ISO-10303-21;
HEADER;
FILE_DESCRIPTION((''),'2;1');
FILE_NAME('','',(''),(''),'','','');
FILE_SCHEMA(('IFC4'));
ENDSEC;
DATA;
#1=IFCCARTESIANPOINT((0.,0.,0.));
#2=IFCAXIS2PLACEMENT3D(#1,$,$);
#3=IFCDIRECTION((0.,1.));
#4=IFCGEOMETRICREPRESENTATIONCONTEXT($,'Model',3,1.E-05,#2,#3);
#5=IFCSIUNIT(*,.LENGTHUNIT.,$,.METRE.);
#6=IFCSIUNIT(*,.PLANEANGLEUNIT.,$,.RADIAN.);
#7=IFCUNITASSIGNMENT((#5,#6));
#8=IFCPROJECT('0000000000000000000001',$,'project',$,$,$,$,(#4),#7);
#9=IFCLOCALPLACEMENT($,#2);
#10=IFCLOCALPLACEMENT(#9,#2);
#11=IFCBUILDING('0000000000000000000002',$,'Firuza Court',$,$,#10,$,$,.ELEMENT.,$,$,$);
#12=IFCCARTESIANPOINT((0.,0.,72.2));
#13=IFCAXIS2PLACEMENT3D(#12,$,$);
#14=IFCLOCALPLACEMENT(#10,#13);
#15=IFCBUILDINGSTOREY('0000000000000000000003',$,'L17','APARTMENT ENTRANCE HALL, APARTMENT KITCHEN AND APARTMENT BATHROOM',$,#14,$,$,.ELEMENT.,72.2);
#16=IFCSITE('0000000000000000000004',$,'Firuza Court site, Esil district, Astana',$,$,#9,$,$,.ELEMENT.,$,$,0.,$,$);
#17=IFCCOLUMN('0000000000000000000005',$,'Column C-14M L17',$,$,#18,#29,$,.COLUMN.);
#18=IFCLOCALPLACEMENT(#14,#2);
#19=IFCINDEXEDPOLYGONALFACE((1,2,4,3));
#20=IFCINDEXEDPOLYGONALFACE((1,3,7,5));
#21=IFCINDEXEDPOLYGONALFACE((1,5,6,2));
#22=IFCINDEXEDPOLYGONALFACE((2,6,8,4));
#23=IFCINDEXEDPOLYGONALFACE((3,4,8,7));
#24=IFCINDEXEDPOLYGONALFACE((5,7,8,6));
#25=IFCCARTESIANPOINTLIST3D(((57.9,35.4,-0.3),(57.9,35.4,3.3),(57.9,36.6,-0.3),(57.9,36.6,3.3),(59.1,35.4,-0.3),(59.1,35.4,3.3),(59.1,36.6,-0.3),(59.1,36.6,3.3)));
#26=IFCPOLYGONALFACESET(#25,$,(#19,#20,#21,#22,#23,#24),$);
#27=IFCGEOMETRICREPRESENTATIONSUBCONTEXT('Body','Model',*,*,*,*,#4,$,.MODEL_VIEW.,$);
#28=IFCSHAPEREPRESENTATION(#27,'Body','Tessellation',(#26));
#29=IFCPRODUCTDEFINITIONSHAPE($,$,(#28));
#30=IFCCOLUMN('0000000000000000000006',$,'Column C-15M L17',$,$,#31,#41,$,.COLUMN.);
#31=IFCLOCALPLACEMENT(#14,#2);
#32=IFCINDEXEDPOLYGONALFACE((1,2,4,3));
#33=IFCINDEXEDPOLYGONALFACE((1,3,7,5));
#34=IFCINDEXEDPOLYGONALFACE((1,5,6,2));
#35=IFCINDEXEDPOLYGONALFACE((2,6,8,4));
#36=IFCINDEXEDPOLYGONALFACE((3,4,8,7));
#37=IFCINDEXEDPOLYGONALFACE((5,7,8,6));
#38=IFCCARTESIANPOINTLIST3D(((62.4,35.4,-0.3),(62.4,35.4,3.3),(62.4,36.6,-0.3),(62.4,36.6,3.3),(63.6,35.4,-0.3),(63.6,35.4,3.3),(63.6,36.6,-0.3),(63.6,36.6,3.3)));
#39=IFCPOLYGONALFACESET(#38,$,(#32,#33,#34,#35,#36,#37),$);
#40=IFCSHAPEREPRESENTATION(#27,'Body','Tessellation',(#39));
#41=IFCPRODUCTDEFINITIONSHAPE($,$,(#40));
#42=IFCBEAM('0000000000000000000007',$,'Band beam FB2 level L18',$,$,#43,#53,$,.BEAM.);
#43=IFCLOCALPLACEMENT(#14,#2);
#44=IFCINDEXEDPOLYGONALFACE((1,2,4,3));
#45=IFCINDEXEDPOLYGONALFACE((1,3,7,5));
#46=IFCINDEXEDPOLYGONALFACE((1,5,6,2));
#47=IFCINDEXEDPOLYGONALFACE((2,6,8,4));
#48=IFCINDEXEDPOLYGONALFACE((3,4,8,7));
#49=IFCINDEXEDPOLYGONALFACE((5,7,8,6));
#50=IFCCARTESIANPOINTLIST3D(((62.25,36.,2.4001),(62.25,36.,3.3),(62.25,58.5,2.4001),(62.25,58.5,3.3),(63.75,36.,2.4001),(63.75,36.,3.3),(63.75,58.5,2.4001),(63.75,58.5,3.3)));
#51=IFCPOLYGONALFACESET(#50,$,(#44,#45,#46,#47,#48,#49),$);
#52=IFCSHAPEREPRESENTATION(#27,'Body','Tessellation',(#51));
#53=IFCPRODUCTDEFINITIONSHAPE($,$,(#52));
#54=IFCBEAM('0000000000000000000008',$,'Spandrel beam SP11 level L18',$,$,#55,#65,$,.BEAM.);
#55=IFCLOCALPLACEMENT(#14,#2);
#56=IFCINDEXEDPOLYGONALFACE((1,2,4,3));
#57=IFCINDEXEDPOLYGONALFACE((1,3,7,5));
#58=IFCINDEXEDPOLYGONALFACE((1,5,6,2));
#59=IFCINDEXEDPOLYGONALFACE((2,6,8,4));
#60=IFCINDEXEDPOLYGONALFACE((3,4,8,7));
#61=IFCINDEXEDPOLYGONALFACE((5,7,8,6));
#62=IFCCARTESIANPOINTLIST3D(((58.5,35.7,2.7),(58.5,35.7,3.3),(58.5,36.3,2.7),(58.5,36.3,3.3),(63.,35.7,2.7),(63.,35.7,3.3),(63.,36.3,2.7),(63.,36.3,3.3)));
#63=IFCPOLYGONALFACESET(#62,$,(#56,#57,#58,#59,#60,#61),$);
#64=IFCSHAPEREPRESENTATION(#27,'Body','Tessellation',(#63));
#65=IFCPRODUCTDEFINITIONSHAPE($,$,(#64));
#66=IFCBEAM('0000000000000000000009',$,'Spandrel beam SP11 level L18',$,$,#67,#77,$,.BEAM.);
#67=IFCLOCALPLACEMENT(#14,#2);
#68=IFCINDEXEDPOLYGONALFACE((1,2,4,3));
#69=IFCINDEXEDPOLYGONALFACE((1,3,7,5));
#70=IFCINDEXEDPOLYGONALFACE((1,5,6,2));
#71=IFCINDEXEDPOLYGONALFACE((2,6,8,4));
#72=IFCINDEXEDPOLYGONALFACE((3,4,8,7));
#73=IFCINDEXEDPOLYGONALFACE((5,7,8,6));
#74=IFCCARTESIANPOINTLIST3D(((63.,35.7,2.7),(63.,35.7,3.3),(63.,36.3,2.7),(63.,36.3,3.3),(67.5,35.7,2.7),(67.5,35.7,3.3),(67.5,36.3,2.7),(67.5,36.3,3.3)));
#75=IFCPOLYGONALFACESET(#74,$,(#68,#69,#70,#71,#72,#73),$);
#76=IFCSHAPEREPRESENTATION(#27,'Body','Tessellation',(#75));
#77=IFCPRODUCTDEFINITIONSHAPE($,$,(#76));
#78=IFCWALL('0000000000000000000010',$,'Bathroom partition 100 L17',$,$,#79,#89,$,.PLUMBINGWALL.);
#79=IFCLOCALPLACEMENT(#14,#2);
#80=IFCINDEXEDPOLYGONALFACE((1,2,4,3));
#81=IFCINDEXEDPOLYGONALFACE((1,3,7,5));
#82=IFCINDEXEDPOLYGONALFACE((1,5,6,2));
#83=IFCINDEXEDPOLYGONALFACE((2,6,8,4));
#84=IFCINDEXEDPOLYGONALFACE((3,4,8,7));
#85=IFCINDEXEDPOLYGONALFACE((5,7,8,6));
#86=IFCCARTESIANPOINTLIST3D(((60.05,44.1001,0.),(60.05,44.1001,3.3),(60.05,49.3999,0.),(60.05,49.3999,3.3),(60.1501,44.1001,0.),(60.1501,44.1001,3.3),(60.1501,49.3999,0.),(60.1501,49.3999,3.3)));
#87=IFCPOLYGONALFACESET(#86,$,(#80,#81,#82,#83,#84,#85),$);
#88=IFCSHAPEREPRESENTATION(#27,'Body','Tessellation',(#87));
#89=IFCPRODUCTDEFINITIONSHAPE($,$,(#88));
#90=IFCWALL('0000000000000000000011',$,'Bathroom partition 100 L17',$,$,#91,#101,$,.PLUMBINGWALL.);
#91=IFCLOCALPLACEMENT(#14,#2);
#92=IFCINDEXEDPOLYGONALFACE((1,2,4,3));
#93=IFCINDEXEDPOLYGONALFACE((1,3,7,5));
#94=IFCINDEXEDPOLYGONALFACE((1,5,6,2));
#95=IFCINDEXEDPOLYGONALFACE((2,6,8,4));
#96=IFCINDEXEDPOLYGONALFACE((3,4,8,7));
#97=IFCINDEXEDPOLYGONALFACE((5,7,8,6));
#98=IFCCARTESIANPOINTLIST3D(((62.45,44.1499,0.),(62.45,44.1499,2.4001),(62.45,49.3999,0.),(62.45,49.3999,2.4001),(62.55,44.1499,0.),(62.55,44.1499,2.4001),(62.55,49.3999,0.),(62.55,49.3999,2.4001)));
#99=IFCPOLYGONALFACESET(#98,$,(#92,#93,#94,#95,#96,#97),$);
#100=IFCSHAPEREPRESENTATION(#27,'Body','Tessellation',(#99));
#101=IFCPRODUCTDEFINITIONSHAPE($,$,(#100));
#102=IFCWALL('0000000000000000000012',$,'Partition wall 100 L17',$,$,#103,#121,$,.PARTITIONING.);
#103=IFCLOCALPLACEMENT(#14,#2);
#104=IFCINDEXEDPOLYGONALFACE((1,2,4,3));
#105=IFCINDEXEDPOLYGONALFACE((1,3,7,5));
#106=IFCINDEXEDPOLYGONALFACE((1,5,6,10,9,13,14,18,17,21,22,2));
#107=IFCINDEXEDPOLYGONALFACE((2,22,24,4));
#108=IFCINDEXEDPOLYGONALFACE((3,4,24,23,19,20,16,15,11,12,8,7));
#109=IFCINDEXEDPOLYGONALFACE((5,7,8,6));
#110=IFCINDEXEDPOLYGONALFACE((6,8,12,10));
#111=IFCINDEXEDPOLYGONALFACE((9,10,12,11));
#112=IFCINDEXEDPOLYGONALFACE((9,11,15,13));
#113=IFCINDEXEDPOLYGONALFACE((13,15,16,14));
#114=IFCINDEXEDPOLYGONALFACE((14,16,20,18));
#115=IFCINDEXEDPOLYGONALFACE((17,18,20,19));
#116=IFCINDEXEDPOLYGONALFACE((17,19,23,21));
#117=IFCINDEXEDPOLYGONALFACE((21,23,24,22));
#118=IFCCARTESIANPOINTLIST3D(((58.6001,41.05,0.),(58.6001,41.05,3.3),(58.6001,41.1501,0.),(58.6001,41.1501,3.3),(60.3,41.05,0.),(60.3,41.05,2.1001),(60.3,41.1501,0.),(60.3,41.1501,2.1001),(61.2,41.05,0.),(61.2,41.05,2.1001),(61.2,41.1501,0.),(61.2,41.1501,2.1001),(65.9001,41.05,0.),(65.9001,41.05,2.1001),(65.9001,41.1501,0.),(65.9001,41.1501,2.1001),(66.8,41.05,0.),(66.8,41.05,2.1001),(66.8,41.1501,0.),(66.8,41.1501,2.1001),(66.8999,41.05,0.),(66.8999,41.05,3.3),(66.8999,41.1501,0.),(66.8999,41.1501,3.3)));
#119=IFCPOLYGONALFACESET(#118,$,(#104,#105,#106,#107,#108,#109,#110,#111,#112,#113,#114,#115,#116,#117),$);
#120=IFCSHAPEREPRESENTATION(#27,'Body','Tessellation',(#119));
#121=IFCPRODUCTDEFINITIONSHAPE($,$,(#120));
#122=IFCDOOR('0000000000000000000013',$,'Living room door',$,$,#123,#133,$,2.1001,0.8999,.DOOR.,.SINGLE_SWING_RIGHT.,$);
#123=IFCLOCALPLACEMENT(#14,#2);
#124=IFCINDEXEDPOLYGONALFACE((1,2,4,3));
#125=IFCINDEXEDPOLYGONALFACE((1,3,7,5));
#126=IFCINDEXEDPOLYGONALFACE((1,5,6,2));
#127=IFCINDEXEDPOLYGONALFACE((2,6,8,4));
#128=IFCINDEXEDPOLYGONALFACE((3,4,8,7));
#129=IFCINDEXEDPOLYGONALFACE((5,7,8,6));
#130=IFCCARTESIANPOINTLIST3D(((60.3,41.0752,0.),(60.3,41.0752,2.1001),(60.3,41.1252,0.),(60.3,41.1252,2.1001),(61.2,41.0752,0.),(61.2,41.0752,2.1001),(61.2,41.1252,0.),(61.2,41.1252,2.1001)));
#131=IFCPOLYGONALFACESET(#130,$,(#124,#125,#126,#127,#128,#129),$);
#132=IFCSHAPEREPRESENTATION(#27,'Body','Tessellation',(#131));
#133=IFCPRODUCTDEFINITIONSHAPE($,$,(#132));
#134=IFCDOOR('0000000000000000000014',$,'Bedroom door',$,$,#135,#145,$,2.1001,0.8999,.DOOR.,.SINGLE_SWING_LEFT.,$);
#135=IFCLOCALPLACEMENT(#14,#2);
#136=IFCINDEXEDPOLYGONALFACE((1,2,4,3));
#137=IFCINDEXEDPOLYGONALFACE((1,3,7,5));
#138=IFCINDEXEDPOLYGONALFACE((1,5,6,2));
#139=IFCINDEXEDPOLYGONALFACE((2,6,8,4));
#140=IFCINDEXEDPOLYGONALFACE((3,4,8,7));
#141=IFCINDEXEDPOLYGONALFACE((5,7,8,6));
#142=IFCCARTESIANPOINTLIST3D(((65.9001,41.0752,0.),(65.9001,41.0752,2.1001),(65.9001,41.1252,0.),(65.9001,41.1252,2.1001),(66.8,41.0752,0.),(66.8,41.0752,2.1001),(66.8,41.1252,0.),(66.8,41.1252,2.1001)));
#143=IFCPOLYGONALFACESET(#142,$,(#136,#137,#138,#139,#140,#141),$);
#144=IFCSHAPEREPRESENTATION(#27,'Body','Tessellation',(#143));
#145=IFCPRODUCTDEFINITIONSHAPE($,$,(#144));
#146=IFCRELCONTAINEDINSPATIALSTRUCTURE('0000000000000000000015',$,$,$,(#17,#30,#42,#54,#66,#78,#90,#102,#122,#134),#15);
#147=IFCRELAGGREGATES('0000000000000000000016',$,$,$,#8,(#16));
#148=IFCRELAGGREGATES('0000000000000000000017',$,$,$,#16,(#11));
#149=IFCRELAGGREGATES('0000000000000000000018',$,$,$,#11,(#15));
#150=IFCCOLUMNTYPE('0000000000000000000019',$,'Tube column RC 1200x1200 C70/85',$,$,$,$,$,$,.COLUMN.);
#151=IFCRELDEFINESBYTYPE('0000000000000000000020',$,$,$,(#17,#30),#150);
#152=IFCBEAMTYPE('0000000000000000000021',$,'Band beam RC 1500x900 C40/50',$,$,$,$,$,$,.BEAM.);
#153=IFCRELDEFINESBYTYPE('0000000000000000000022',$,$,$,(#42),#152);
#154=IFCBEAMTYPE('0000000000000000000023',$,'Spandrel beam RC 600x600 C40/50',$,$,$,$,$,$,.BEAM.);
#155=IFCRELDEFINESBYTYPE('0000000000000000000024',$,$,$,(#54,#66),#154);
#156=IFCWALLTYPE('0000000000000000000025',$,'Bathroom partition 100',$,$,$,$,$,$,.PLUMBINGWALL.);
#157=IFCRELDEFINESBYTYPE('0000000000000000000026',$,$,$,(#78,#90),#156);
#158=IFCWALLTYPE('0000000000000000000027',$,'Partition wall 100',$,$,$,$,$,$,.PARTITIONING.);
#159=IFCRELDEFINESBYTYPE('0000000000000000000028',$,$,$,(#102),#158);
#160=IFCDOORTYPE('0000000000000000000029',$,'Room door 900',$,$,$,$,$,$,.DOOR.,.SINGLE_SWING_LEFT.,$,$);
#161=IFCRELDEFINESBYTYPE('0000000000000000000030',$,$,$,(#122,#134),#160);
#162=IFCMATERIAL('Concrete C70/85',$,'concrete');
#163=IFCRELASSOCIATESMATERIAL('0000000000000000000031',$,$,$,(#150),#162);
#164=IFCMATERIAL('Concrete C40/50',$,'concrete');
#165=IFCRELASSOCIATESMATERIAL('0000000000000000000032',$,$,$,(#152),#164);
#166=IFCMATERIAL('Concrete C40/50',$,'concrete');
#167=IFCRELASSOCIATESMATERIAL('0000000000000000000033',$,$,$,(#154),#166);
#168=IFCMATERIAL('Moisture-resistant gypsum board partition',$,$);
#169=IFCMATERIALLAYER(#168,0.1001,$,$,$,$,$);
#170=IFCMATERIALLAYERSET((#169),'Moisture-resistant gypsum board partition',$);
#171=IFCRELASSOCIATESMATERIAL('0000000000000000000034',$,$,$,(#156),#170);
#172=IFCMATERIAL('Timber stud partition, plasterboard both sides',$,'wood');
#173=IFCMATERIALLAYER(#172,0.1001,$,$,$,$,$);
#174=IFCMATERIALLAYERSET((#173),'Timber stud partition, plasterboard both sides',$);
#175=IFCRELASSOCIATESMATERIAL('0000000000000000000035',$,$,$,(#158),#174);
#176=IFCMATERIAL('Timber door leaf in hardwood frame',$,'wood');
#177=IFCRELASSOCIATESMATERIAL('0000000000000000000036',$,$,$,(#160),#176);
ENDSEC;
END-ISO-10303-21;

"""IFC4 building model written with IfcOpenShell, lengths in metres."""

from ifc_helpers import new_model, si_unit, direction, frame, frame_2d, origin, origin_2d, place, context, subcontext, project, spatial, rectangle, extrude, material, layer, layer_set, material_profile, profile_set, type_object, element, fill, save


model = new_model("IFC4")

# Units and contexts
model_context = context("Model", 3, precision=1e-05, world=origin(), true_north=direction((0.0, 1.0)))
body_context = subcontext(model_context, "Body", "Model", "MODEL_VIEW")
ifc_project = project(units=[si_unit("LENGTHUNIT", "METRE"), si_unit("PLANEANGLEUNIT", "RADIAN")], contexts=[model_context])

# Site, building, storey
site_placement = place(None, origin())
site = spatial("IfcSite", under=ifc_project, at=site_placement, Name="Firuza Court site, Esil district, Astana", CompositionType="ELEMENT", RefElevation=0.0)
building_placement = place(site_placement, origin())
building = spatial("IfcBuilding", under=site, at=building_placement, Name="Firuza Court", CompositionType="ELEMENT")
storey_placement = place(building_placement, frame((0.0, 0.0, 72.2)))
storey = spatial("IfcBuildingStorey", under=building, at=storey_placement, Name="L17", Description="APARTMENT ENTRANCE HALL, APARTMENT KITCHEN AND APARTMENT BATHROOM", CompositionType="ELEMENT", Elevation=72.2)

# Columns
ifc_material_1 = material(Name="Concrete C70/85", Category="concrete")
ifc_material_profile_1 = material_profile(ifc_material_1, rectangle(XDim=1.2, YDim=1.2, at=origin_2d()), Name="RC 1200x1200")
ifc_profile_set_1 = profile_set([ifc_material_profile_1], Name="Concrete C70/85")
column_type = type_object("IfcColumnType", Name="Tube column RC 1200x1200 C70/85", PredefinedType="COLUMN", material=ifc_profile_set_1)
for number, where, z_axis, x_axis, name in (
    (1, (58.5, 36.0, -0.3), (0.0, 0.0, 1.0), (1.0, 0.0, 0.0), "Column C-14M L17"),
    (2, (63.0, 36.0, -0.3), (0.0, 0.0, 1.0), (1.0, 0.0, 0.0), "Column C-15M L17"),
):
    element("IfcColumn", number, at=place(storey_placement, frame(where, z_axis=z_axis, x_axis=x_axis)), inside=storey, type_object=column_type, Name=name, PredefinedType="COLUMN", context=body_context, shape_type="SweptSolid", body=[
        extrude(rectangle(XDim=1.2, YDim=1.2, at=origin_2d()), origin(), (0.0, 0.0, 1.0), 3.6001),
    ])

# Beams
ifc_material_2 = material(Name="Concrete C40/50", Category="concrete")
ifc_material_profile_2 = material_profile(ifc_material_2, rectangle(XDim=1.5, YDim=0.8999, at=origin_2d()), Name="RC 1500x900")
ifc_profile_set_2 = profile_set([ifc_material_profile_2], Name="Concrete C40/50")
beam_type_1 = type_object("IfcBeamType", Name="Band beam RC 1500x900 C40/50", PredefinedType="BEAM", material=ifc_profile_set_2)
beam_placement = place(storey_placement, frame((63.0, 36.0, 2.8501), z_axis=(0.0, 1.0, 0.0), x_axis=(-1.0, 0.0, 0.0)))
element("IfcBeam", 3, at=beam_placement, inside=storey, type_object=beam_type_1, Name="Band beam FB2 level L18", PredefinedType="BEAM", context=body_context, shape_type="SweptSolid", body=[
    extrude(rectangle(XDim=1.5, YDim=0.8999, at=origin_2d()), origin(), (0.0, 0.0, 1.0), 22.5),
])
ifc_material_3 = material(Name="Concrete C40/50", Category="concrete")
ifc_material_profile_3 = material_profile(ifc_material_3, rectangle(XDim=0.6001, YDim=0.6001, at=origin_2d()), Name="RC 600x600")
ifc_profile_set_3 = profile_set([ifc_material_profile_3], Name="Concrete C40/50")
beam_type_2 = type_object("IfcBeamType", Name="Spandrel beam RC 600x600 C40/50", PredefinedType="BEAM", material=ifc_profile_set_3)
for number, where, z_axis, x_axis, name in (
    (4, (58.5, 36.0, 3.0), (1.0, 0.0, 0.0), (0.0, 1.0, 0.0), "Spandrel beam SP11 level L18"),
    (5, (63.0, 36.0, 3.0), (1.0, 0.0, 0.0), (0.0, 1.0, 0.0), "Spandrel beam SP11 level L18"),
):
    element("IfcBeam", number, at=place(storey_placement, frame(where, z_axis=z_axis, x_axis=x_axis)), inside=storey, type_object=beam_type_2, Name=name, PredefinedType="BEAM", context=body_context, shape_type="SweptSolid", body=[
        extrude(rectangle(XDim=0.6001, YDim=0.6001, at=origin_2d()), origin(), (0.0, 0.0, 1.0), 4.5),
    ])

# Walls
ifc_material_4 = material(Name="Moisture-resistant gypsum board partition")
ifc_layer_1 = layer(ifc_material_4, 0.1001)
ifc_layer_set_1 = layer_set([ifc_layer_1], Name="Moisture-resistant gypsum board partition")
wall_type_1 = type_object("IfcWallType", Name="Bathroom partition 100", PredefinedType="PLUMBINGWALL", material=ifc_layer_set_1)
wall_1_placement = place(storey_placement, frame((60.1001, 44.1001, 0.0), z_axis=(0.0, 0.0, 1.0), x_axis=(0.0, 1.0, 0.0)))
element("IfcWall", 6, at=wall_1_placement, inside=storey, type_object=wall_type_1, Name="Bathroom partition 100 L17", PredefinedType="PLUMBINGWALL", context=body_context, shape_type="SweptSolid", body=[
    extrude(rectangle(XDim=5.2998, YDim=0.1001, at=frame_2d((2.6499, 0.0))), origin(), (0.0, 0.0, 1.0), 3.3),
])
wall_2_placement = place(storey_placement, frame((62.5, 44.1499, 0.0), z_axis=(0.0, 0.0, 1.0), x_axis=(0.0, 1.0, 0.0)))
element("IfcWall", 7, at=wall_2_placement, inside=storey, type_object=wall_type_1, Name="Bathroom partition 100 L17", PredefinedType="PLUMBINGWALL", context=body_context, shape_type="SweptSolid", body=[
    extrude(rectangle(XDim=5.25, YDim=0.1001, at=frame_2d((2.625, 0.0))), origin(), (0.0, 0.0, 1.0), 2.4001),
])

# Wall, openings, doors
ifc_material_5 = material(Name="Timber stud partition, plasterboard both sides", Category="wood")
ifc_layer_2 = layer(ifc_material_5, 0.1001)
ifc_layer_set_2 = layer_set([ifc_layer_2], Name="Timber stud partition, plasterboard both sides")
wall_type_2 = type_object("IfcWallType", Name="Partition wall 100", PredefinedType="PARTITIONING", material=ifc_layer_set_2)
wall_3_placement = place(storey_placement, frame((58.6001, 41.1001, 0.0), z_axis=(0.0, 0.0, 1.0), x_axis=(1.0, 0.0, 0.0)))
wall_3 = element("IfcWall", 8, at=wall_3_placement, inside=storey, type_object=wall_type_2, Name="Partition wall 100 L17", PredefinedType="PARTITIONING", context=body_context, shape_type="SweptSolid", body=[
    extrude(rectangle(XDim=8.2998, YDim=0.1001, at=frame_2d((4.1499, 0.0))), origin(), (0.0, 0.0, 1.0), 3.3),
])
opening_1_placement = place(wall_3_placement, frame((1.7, 0.0, 0.0)))
opening_1 = element("IfcOpeningElement", 9, at=opening_1_placement, cuts=wall_3, PredefinedType="OPENING", context=body_context, shape_type="SweptSolid", body=[
    extrude(rectangle(XDim=0.8999, YDim=2.1001, at=frame_2d((0.45, 1.05))), frame((0.0, 0.062, 0.0), z_axis=(0.0, -1.0, 0.0), x_axis=(1.0, 0.0, 0.0)), (0.0, 0.0, 1.0), 0.124),
])
opening_2_placement = place(wall_3_placement, frame((7.3, 0.0, 0.0)))
opening_2 = element("IfcOpeningElement", 10, at=opening_2_placement, cuts=wall_3, PredefinedType="OPENING", context=body_context, shape_type="SweptSolid", body=[
    extrude(rectangle(XDim=0.8999, YDim=2.1001, at=frame_2d((0.45, 1.05))), frame((0.0, 0.062, 0.0), z_axis=(0.0, -1.0, 0.0), x_axis=(1.0, 0.0, 0.0)), (0.0, 0.0, 1.0), 0.124),
])
ifc_material_6 = material(Name="Timber door leaf in hardwood frame", Category="wood")
door_type_1 = type_object("IfcDoorType", Name="Room door 900", OperationType="SINGLE_SWING_LEFT", PredefinedType="DOOR", material=ifc_material_6)
door_1_placement = place(opening_1_placement, frame((0.8999, 0.0, 0.0), z_axis=(0.0, 0.0, 1.0), x_axis=(-1.0, 0.0, 0.0)))
door_1 = element("IfcDoor", 11, at=door_1_placement, inside=storey, type_object=door_type_1, Name="Living room door", OperationType="SINGLE_SWING_RIGHT", OverallHeight=2.1001, OverallWidth=0.8999, PredefinedType="DOOR", context=body_context, shape_type="SweptSolid", body=[
    extrude(rectangle(XDim=0.8999, YDim=2.1001, at=frame_2d((0.45, 1.05))), frame((0.0, 0.0249, 0.0), z_axis=(0.0, -1.0, 0.0), x_axis=(1.0, 0.0, 0.0)), (0.0, 0.0, 1.0), 0.05),
])
fill(opening_1, door_1)
door_2_placement = place(opening_2_placement, frame((0.8999, 0.0, 0.0), z_axis=(0.0, 0.0, 1.0), x_axis=(-1.0, 0.0, 0.0)))
door_2 = element("IfcDoor", 12, at=door_2_placement, inside=storey, type_object=door_type_1, Name="Bedroom door", OperationType="SINGLE_SWING_LEFT", OverallHeight=2.1001, OverallWidth=0.8999, PredefinedType="DOOR", context=body_context, shape_type="SweptSolid", body=[
    extrude(rectangle(XDim=0.8999, YDim=2.1001, at=frame_2d((0.45, 1.05))), frame((0.0, 0.0249, 0.0), z_axis=(0.0, -1.0, 0.0), x_axis=(1.0, 0.0, 0.0)), (0.0, 0.0, 1.0), 0.05),
])
fill(opening_2, door_2)

save(model, "model.ifc")
